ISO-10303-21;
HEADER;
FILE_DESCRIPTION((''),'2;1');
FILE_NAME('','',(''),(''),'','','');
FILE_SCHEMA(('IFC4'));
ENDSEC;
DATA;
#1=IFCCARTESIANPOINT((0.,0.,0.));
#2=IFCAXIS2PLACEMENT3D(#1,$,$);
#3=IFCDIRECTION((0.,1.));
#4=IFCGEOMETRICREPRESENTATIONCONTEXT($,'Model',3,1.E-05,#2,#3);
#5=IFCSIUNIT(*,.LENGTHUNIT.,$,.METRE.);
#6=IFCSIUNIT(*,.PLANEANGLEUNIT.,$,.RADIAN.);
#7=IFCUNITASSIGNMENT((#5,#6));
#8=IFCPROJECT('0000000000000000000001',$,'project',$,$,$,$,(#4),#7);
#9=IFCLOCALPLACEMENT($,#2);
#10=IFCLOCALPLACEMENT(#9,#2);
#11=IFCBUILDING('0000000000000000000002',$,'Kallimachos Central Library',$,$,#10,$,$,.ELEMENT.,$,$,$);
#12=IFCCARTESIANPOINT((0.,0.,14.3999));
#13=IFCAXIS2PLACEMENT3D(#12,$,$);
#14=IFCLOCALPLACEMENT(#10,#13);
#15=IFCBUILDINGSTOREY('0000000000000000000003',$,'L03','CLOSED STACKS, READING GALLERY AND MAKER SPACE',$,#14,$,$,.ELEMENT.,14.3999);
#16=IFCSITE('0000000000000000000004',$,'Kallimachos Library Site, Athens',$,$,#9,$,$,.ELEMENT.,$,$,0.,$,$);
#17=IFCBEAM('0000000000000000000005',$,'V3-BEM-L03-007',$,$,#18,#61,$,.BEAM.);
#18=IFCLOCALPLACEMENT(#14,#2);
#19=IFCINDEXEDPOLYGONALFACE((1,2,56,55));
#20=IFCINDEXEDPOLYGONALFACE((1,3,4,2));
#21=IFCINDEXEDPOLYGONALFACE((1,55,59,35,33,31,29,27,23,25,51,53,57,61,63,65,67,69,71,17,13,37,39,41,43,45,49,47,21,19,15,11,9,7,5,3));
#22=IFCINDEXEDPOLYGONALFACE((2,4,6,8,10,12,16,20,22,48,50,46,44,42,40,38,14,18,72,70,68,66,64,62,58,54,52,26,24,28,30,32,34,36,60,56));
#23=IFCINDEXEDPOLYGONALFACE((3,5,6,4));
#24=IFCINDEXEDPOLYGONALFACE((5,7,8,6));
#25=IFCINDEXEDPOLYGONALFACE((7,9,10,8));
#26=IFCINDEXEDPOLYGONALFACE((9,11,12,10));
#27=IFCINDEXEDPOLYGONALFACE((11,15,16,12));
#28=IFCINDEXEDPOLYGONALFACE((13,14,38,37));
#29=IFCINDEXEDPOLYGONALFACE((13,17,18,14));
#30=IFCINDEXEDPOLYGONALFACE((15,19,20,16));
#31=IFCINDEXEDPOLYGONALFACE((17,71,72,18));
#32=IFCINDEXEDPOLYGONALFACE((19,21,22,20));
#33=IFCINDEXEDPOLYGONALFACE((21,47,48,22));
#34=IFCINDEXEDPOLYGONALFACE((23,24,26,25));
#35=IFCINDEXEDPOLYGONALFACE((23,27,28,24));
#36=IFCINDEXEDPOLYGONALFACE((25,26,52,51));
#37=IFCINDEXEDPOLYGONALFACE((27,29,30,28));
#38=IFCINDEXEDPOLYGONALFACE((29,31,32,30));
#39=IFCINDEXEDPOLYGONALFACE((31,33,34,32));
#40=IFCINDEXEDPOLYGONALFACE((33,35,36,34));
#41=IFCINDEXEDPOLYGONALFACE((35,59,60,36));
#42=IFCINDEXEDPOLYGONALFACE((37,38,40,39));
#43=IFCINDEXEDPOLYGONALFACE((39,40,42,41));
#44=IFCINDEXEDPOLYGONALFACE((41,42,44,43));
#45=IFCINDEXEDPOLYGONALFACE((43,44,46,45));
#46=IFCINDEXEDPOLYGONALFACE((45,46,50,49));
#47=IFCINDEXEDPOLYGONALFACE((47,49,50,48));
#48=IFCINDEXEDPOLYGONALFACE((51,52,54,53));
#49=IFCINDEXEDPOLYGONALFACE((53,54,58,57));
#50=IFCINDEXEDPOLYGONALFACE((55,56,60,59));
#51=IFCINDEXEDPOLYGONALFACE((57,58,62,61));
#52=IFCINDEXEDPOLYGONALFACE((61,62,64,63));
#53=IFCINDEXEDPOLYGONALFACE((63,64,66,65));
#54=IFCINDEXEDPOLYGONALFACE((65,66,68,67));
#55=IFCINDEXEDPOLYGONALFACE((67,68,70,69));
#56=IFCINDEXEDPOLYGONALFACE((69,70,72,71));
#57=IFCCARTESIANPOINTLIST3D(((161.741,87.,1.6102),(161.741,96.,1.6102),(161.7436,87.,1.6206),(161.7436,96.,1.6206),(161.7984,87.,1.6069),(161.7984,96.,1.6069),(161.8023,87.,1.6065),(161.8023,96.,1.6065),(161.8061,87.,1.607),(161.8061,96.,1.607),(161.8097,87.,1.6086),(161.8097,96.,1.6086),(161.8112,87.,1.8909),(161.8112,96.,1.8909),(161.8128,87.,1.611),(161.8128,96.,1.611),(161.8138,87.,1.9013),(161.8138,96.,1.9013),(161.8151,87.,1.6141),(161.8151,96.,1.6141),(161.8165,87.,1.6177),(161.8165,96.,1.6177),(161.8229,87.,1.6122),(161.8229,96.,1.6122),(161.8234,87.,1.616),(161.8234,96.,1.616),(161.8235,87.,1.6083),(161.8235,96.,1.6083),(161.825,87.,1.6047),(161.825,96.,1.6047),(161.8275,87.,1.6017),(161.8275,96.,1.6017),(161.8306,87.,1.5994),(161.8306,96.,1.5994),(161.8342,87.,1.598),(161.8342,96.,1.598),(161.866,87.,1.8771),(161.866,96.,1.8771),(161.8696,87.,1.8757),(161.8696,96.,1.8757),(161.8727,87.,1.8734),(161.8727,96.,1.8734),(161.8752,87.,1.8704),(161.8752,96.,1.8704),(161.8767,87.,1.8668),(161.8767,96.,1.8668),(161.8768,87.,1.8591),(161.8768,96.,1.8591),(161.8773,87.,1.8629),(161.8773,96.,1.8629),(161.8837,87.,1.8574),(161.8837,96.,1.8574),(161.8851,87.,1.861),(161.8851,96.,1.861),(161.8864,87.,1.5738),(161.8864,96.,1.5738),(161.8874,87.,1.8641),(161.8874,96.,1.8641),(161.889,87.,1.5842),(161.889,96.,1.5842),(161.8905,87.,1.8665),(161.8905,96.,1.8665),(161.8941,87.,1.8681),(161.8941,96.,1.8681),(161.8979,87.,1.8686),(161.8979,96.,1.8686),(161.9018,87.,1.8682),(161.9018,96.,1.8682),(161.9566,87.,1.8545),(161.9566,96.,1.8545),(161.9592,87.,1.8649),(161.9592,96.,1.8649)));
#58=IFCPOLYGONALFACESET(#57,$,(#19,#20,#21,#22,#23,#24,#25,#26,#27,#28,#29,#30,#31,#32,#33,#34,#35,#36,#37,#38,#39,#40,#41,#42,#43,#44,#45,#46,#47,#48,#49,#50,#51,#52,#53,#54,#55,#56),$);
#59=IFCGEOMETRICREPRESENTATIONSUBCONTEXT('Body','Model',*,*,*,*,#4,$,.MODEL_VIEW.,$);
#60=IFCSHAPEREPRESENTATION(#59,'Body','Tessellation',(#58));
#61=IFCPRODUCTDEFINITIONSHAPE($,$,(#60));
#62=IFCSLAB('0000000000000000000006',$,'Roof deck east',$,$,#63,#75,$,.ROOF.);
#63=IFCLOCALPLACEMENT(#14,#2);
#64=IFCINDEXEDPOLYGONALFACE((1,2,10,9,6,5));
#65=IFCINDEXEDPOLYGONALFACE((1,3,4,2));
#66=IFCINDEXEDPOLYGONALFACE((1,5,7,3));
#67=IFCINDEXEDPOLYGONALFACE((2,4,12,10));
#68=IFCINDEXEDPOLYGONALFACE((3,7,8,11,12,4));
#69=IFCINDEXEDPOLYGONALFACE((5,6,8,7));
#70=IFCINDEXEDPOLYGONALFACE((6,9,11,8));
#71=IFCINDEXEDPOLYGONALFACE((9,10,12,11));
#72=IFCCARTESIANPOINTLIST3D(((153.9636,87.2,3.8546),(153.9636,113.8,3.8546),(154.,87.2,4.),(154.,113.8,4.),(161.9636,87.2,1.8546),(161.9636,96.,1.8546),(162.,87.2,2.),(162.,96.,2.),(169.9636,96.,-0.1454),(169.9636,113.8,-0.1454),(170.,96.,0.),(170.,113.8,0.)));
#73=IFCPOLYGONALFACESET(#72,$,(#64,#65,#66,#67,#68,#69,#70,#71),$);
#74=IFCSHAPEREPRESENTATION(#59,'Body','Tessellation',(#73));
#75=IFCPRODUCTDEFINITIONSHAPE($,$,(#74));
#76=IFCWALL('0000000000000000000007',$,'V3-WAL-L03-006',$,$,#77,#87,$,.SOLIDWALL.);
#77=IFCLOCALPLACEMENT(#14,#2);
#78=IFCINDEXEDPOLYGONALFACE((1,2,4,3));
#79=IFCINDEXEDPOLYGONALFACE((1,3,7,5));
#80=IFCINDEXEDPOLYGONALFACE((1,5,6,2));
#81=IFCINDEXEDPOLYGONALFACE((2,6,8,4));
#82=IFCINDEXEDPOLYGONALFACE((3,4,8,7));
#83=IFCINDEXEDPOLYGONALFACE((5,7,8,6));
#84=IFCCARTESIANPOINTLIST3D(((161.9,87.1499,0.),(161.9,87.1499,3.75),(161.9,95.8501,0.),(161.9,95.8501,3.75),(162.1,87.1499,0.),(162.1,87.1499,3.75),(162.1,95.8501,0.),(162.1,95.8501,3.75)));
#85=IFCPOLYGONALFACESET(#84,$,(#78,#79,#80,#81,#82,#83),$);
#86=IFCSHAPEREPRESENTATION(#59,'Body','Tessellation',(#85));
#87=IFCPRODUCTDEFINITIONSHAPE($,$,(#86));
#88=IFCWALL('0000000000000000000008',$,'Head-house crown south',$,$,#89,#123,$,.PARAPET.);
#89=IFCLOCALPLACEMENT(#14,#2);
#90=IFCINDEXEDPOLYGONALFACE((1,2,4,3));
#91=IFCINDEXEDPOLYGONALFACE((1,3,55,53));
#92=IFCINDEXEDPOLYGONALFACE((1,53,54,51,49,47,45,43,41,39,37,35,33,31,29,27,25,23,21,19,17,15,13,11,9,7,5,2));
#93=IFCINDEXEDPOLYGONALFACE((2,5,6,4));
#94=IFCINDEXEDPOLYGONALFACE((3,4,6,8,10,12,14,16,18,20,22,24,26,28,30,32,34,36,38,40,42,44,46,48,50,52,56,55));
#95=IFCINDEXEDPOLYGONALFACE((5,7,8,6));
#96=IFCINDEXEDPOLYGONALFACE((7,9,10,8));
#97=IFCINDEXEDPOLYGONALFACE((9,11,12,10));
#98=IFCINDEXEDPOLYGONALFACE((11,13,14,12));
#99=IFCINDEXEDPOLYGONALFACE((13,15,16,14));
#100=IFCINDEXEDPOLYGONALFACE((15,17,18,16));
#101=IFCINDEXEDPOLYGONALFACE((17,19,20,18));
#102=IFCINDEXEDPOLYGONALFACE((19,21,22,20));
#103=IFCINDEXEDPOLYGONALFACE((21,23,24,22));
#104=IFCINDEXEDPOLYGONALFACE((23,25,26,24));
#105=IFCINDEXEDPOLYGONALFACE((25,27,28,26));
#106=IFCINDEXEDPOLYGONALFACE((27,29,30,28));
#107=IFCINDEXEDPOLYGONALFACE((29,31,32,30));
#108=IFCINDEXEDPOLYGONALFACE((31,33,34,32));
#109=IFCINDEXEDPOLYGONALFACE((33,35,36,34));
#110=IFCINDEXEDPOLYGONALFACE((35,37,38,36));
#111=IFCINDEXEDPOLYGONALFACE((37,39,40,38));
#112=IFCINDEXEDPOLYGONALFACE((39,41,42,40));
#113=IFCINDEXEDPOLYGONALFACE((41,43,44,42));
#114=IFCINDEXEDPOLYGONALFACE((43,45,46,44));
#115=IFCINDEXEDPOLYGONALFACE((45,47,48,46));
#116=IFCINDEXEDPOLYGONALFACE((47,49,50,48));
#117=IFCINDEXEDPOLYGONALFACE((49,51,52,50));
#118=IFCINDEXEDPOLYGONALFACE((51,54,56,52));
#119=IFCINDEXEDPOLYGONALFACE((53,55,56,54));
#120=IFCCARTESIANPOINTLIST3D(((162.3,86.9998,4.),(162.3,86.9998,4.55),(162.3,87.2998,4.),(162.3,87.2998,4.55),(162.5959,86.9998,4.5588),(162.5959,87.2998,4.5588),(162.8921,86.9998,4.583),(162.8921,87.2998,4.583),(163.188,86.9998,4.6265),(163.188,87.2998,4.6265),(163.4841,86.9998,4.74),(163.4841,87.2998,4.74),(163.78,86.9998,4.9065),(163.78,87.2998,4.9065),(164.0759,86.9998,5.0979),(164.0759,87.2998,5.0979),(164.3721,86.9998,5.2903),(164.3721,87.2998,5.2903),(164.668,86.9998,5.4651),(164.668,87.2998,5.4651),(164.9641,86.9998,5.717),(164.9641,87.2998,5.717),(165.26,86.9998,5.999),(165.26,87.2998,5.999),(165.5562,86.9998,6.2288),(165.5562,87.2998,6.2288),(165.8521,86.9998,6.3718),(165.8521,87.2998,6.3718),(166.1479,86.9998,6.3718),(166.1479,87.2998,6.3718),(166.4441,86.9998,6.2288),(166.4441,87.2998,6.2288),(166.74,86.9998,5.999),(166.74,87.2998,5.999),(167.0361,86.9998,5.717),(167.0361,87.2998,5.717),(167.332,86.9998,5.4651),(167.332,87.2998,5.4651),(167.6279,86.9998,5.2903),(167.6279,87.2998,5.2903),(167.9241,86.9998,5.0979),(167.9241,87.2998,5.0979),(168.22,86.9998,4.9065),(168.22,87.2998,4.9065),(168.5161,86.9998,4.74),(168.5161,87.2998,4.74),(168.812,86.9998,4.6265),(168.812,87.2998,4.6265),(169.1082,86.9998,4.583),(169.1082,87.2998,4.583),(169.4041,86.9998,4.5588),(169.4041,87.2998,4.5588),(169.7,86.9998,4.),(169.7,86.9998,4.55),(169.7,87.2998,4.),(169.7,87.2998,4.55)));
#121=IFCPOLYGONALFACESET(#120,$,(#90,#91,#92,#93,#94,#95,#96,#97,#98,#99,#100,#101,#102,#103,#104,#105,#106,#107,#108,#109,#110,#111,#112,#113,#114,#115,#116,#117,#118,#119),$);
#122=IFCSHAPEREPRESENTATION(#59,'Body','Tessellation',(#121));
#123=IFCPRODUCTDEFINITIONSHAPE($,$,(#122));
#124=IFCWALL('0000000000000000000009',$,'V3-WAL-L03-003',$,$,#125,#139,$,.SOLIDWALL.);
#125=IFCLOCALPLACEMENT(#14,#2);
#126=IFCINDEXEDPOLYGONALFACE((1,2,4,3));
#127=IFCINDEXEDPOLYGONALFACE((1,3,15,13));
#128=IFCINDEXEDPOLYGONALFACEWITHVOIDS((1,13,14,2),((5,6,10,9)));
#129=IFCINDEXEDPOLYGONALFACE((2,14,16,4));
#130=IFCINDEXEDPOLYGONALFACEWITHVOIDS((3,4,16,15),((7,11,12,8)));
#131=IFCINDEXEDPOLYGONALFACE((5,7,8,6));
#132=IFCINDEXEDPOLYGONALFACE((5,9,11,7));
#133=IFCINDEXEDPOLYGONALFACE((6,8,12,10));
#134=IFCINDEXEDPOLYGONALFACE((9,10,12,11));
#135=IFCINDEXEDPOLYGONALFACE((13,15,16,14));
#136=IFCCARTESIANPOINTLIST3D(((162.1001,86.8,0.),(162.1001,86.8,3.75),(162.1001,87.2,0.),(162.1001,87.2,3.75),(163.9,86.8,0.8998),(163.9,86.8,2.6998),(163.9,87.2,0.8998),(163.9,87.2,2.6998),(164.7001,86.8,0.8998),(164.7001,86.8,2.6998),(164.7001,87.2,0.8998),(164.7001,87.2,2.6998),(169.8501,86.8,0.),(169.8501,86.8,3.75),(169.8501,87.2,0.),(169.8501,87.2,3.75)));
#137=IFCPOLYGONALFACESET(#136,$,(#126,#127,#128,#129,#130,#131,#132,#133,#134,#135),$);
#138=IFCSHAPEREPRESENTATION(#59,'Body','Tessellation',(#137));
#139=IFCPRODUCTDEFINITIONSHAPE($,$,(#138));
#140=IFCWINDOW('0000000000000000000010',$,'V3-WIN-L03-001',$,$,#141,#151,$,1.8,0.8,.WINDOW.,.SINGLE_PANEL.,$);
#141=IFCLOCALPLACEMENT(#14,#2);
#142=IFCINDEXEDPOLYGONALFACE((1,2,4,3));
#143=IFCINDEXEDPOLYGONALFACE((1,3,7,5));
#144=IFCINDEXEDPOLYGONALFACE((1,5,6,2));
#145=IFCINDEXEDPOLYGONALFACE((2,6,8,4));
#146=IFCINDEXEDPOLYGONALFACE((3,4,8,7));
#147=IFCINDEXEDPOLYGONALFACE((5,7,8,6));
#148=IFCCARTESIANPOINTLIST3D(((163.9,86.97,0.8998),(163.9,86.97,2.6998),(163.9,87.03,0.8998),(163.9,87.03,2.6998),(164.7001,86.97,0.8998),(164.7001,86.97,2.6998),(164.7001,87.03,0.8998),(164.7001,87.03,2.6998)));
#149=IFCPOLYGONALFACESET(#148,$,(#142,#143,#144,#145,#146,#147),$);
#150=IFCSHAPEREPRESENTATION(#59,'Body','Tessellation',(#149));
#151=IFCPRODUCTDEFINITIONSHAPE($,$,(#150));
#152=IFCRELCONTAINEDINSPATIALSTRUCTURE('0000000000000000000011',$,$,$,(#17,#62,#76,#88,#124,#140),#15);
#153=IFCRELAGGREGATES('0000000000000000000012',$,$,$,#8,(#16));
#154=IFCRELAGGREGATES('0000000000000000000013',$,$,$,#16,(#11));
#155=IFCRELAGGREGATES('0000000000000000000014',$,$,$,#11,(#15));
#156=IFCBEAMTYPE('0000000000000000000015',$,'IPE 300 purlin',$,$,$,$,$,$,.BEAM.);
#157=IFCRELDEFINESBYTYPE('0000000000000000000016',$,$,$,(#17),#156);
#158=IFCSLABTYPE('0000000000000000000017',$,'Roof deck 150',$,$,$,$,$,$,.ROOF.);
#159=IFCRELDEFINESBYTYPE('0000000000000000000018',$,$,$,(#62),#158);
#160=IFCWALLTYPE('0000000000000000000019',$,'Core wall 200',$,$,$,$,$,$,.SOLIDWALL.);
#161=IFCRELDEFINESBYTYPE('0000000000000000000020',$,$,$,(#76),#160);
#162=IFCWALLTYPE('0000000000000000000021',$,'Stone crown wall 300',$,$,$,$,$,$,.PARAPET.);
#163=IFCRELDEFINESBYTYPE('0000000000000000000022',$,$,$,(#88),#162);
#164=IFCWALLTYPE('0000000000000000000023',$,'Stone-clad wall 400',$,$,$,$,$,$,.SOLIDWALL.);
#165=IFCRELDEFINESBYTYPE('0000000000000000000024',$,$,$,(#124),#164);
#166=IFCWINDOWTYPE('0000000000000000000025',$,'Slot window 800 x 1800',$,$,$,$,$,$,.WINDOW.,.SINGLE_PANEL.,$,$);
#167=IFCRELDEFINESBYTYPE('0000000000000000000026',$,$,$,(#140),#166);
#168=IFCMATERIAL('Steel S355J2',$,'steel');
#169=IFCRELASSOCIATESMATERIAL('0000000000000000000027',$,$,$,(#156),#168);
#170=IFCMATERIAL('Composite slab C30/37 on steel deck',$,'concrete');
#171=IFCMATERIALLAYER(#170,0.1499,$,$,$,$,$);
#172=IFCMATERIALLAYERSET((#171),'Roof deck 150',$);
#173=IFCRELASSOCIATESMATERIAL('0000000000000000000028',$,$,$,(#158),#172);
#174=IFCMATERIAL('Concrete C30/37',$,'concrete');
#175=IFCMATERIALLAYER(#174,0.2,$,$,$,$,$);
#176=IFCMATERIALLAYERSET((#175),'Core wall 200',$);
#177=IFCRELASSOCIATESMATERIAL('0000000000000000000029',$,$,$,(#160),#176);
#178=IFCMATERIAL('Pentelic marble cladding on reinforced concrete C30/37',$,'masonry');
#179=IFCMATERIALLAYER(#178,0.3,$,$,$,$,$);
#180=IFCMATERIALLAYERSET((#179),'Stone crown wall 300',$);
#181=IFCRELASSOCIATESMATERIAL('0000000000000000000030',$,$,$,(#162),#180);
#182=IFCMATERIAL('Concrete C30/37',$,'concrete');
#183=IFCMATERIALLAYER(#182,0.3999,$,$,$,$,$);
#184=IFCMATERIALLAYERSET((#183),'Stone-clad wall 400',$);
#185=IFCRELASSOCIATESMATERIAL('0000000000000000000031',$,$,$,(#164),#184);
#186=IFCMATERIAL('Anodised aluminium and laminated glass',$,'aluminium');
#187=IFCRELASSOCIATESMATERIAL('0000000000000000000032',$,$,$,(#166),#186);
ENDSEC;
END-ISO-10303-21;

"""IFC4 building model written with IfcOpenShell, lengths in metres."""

from ifc_helpers import new_model, si_unit, direction, frame, frame_2d, origin, origin_2d, place, context, subcontext, project, spatial, polyline, rectangle, i_section, outline, extrude, material, layer, layer_set, material_profile, profile_set, type_object, element, fill, save


model = new_model("IFC4")

# Units and contexts
model_context = context("Model", 3, precision=1e-05, world=origin(), true_north=direction((0.0, 1.0)))
body_context = subcontext(model_context, "Body", "Model", "MODEL_VIEW")
ifc_project = project(units=[si_unit("LENGTHUNIT", "METRE"), si_unit("PLANEANGLEUNIT", "RADIAN")], contexts=[model_context])

# Site, building, storey
site_placement = place(None, origin())
site = spatial("IfcSite", under=ifc_project, at=site_placement, Name="Kallimachos Library Site, Athens", CompositionType="ELEMENT", RefElevation=0.0)
building_placement = place(site_placement, origin())
building = spatial("IfcBuilding", under=site, at=building_placement, Name="Kallimachos Central Library", CompositionType="ELEMENT")
storey_placement = place(building_placement, frame((0.0, 0.0, 14.3999)))
storey = spatial("IfcBuildingStorey", under=building, at=storey_placement, Name="L03", Description="CLOSED STACKS, READING GALLERY AND MAKER SPACE", CompositionType="ELEMENT", Elevation=14.3999)

# Beam
ifc_material_1 = material(Name="Steel S355J2", Category="steel")
ifc_material_profile_1 = material_profile(ifc_material_1, i_section(OverallWidth=0.1499, OverallDepth=0.3, WebThickness=0.0071, FlangeThickness=0.0107, FilletRadius=0.0149, at=origin_2d()), Name="IPE 300")
ifc_profile_set_1 = profile_set([ifc_material_profile_1], Name="Steel S355J2")
beam_type = type_object("IfcBeamType", Name="IPE 300 purlin", PredefinedType="BEAM", material=ifc_profile_set_1)
for number, where, z_axis, x_axis, name in (
    (1, (161.8501, 87.0, 1.7375), (0.0, 1.0, 0.0), (-0.970143, 0.0, 0.242536), "V3-BEM-L03-007"),
):
    element("IfcBeam", number, at=place(storey_placement, frame(where, z_axis=z_axis, x_axis=x_axis)), inside=storey, type_object=beam_type, Name=name, PredefinedType="BEAM", context=body_context, shape_type="SweptSolid", body=[
        extrude(i_section(OverallWidth=0.1499, OverallDepth=0.3, WebThickness=0.0071, FlangeThickness=0.0107, FilletRadius=0.0149, at=origin_2d()), origin(), (0.0, 0.0, 1.0), 9.0),
    ])

# Slab
ifc_material_2 = material(Name="Composite slab C30/37 on steel deck", Category="concrete")
ifc_layer_1 = layer(ifc_material_2, 0.1499)
ifc_layer_set_1 = layer_set([ifc_layer_1], Name="Roof deck 150")
slab_type = type_object("IfcSlabType", Name="Roof deck 150", PredefinedType="ROOF", material=ifc_layer_set_1)
slab_placement = place(storey_placement, frame((154.0, 87.2, 4.0), z_axis=(0.242536, 0.0, 0.970143), x_axis=(0.970143, 0.0, -0.242536)))
element("IfcSlab", 2, at=slab_placement, inside=storey, type_object=slab_type, Name="Roof deck east", PredefinedType="ROOF", context=body_context, shape_type="SweptSolid", body=[
    extrude(outline(polyline([(0.0, 0.0), (8.2462, 0.0), (8.2462, 8.8), (16.4924, 8.8), (16.4924, 26.6001), (0.0, 26.6001), (0.0, 0.0)])), origin(), (0.0, 0.0, -1.0), 0.1499),
])

# Walls
ifc_material_3 = material(Name="Concrete C30/37", Category="concrete")
ifc_layer_2 = layer(ifc_material_3, 0.2)
ifc_layer_set_2 = layer_set([ifc_layer_2], Name="Core wall 200")
wall_type_1 = type_object("IfcWallType", Name="Core wall 200", PredefinedType="SOLIDWALL", material=ifc_layer_set_2)
wall_1_placement = place(storey_placement, frame((162.0, 87.1499, 0.0), z_axis=(0.0, 0.0, 1.0), x_axis=(0.0, 1.0, 0.0)))
element("IfcWall", 3, at=wall_1_placement, inside=storey, type_object=wall_type_1, Name="V3-WAL-L03-006", PredefinedType="SOLIDWALL", context=body_context, shape_type="SweptSolid", body=[
    extrude(rectangle(XDim=8.7002, YDim=0.2, at=frame_2d((4.3501, 0.0))), origin(), (0.0, 0.0, 1.0), 3.75),
])
ifc_material_4 = material(Name="Pentelic marble cladding on reinforced concrete C30/37", Category="masonry")
ifc_layer_3 = layer(ifc_material_4, 0.3)
ifc_layer_set_3 = layer_set([ifc_layer_3], Name="Stone crown wall 300")
wall_type_2 = type_object("IfcWallType", Name="Stone crown wall 300", PredefinedType="PARAPET", material=ifc_layer_set_3)
wall_2_placement = place(storey_placement, frame((162.3, 87.1499, 4.0), z_axis=(0.0, 0.0, 1.0), x_axis=(1.0, 0.0, 0.0)))
element("IfcWall", 4, at=wall_2_placement, inside=storey, type_object=wall_type_2, Name="Head-house crown south", PredefinedType="PARAPET", context=body_context, shape_type="SweptSolid", body=[
    extrude(outline(polyline([(0.0, 0.0), (7.3999, 0.0), (7.3999, 0.55), (7.104, 0.5588), (6.8081, 0.583), (6.512, 0.6265), (6.2161, 0.74), (5.9199, 0.9065), (5.624, 1.0979), (5.3279, 1.2903), (5.032, 1.4651), (4.7361, 1.717), (4.4399, 1.999), (4.144, 2.2288), (3.8479, 2.3718), (3.552, 2.3718), (3.2561, 2.2288), (2.96, 1.999), (2.6641, 1.717), (2.3679, 1.4651), (2.072, 1.2903), (1.7759, 1.0979), (1.48, 0.9065), (1.1841, 0.74), (0.8879, 0.6265), (0.592, 0.583), (0.2959, 0.5588), (0.0, 0.55), (0.0, 0.0)])), frame((0.0, 0.1499, 0.0), z_axis=(0.0, -1.0, 0.0), x_axis=(1.0, 0.0, 0.0)), (0.0, 0.0, 1.0), 0.3),
])

# Wall, opening, window
ifc_material_5 = material(Name="Concrete C30/37", Category="concrete")
ifc_layer_4 = layer(ifc_material_5, 0.3999)
ifc_layer_set_4 = layer_set([ifc_layer_4], Name="Stone-clad wall 400")
wall_type_3 = type_object("IfcWallType", Name="Stone-clad wall 400", PredefinedType="SOLIDWALL", material=ifc_layer_set_4)
wall_3_placement = place(storey_placement, frame((162.1001, 87.0, 0.0), z_axis=(0.0, 0.0, 1.0), x_axis=(1.0, 0.0, 0.0)))
wall_3 = element("IfcWall", 5, at=wall_3_placement, inside=storey, type_object=wall_type_3, Name="V3-WAL-L03-003", PredefinedType="SOLIDWALL", context=body_context, shape_type="SweptSolid", body=[
    extrude(rectangle(XDim=7.75, YDim=0.3999, at=frame_2d((3.875, 0.0))), origin(), (0.0, 0.0, 1.0), 3.75),
])
opening_placement = place(wall_3_placement, frame((1.8, 0.0, 0.8999)))
opening = element("IfcOpeningElement", 6, at=opening_placement, cuts=wall_3, PredefinedType="OPENING", context=body_context, shape_type="SweptSolid", body=[
    extrude(rectangle(XDim=0.8, YDim=1.8, at=frame_2d((0.3999, 0.8999))), frame((0.0, 0.21, 0.0), z_axis=(0.0, -1.0, 0.0), x_axis=(1.0, 0.0, 0.0)), (0.0, 0.0, 1.0), 0.4199),
])
ifc_material_6 = material(Name="Anodised aluminium and laminated glass", Category="aluminium")
window_type = type_object("IfcWindowType", Name="Slot window 800 x 1800", PartitioningType="SINGLE_PANEL", PredefinedType="WINDOW", material=ifc_material_6)
window_placement = place(opening_placement, origin())
window = element("IfcWindow", 7, at=window_placement, inside=storey, type_object=window_type, Name="V3-WIN-L03-001", OverallHeight=1.8, OverallWidth=0.8, PartitioningType="SINGLE_PANEL", PredefinedType="WINDOW", context=body_context, shape_type="SweptSolid", body=[
    extrude(rectangle(XDim=0.8, YDim=1.8, at=frame_2d((0.3999, 0.8999))), frame((0.0, 0.03, 0.0), z_axis=(0.0, -1.0, 0.0), x_axis=(1.0, 0.0, 0.0)), (0.0, 0.0, 1.0), 0.0601),
])
fill(opening, window)

save(model, "model.ifc")
